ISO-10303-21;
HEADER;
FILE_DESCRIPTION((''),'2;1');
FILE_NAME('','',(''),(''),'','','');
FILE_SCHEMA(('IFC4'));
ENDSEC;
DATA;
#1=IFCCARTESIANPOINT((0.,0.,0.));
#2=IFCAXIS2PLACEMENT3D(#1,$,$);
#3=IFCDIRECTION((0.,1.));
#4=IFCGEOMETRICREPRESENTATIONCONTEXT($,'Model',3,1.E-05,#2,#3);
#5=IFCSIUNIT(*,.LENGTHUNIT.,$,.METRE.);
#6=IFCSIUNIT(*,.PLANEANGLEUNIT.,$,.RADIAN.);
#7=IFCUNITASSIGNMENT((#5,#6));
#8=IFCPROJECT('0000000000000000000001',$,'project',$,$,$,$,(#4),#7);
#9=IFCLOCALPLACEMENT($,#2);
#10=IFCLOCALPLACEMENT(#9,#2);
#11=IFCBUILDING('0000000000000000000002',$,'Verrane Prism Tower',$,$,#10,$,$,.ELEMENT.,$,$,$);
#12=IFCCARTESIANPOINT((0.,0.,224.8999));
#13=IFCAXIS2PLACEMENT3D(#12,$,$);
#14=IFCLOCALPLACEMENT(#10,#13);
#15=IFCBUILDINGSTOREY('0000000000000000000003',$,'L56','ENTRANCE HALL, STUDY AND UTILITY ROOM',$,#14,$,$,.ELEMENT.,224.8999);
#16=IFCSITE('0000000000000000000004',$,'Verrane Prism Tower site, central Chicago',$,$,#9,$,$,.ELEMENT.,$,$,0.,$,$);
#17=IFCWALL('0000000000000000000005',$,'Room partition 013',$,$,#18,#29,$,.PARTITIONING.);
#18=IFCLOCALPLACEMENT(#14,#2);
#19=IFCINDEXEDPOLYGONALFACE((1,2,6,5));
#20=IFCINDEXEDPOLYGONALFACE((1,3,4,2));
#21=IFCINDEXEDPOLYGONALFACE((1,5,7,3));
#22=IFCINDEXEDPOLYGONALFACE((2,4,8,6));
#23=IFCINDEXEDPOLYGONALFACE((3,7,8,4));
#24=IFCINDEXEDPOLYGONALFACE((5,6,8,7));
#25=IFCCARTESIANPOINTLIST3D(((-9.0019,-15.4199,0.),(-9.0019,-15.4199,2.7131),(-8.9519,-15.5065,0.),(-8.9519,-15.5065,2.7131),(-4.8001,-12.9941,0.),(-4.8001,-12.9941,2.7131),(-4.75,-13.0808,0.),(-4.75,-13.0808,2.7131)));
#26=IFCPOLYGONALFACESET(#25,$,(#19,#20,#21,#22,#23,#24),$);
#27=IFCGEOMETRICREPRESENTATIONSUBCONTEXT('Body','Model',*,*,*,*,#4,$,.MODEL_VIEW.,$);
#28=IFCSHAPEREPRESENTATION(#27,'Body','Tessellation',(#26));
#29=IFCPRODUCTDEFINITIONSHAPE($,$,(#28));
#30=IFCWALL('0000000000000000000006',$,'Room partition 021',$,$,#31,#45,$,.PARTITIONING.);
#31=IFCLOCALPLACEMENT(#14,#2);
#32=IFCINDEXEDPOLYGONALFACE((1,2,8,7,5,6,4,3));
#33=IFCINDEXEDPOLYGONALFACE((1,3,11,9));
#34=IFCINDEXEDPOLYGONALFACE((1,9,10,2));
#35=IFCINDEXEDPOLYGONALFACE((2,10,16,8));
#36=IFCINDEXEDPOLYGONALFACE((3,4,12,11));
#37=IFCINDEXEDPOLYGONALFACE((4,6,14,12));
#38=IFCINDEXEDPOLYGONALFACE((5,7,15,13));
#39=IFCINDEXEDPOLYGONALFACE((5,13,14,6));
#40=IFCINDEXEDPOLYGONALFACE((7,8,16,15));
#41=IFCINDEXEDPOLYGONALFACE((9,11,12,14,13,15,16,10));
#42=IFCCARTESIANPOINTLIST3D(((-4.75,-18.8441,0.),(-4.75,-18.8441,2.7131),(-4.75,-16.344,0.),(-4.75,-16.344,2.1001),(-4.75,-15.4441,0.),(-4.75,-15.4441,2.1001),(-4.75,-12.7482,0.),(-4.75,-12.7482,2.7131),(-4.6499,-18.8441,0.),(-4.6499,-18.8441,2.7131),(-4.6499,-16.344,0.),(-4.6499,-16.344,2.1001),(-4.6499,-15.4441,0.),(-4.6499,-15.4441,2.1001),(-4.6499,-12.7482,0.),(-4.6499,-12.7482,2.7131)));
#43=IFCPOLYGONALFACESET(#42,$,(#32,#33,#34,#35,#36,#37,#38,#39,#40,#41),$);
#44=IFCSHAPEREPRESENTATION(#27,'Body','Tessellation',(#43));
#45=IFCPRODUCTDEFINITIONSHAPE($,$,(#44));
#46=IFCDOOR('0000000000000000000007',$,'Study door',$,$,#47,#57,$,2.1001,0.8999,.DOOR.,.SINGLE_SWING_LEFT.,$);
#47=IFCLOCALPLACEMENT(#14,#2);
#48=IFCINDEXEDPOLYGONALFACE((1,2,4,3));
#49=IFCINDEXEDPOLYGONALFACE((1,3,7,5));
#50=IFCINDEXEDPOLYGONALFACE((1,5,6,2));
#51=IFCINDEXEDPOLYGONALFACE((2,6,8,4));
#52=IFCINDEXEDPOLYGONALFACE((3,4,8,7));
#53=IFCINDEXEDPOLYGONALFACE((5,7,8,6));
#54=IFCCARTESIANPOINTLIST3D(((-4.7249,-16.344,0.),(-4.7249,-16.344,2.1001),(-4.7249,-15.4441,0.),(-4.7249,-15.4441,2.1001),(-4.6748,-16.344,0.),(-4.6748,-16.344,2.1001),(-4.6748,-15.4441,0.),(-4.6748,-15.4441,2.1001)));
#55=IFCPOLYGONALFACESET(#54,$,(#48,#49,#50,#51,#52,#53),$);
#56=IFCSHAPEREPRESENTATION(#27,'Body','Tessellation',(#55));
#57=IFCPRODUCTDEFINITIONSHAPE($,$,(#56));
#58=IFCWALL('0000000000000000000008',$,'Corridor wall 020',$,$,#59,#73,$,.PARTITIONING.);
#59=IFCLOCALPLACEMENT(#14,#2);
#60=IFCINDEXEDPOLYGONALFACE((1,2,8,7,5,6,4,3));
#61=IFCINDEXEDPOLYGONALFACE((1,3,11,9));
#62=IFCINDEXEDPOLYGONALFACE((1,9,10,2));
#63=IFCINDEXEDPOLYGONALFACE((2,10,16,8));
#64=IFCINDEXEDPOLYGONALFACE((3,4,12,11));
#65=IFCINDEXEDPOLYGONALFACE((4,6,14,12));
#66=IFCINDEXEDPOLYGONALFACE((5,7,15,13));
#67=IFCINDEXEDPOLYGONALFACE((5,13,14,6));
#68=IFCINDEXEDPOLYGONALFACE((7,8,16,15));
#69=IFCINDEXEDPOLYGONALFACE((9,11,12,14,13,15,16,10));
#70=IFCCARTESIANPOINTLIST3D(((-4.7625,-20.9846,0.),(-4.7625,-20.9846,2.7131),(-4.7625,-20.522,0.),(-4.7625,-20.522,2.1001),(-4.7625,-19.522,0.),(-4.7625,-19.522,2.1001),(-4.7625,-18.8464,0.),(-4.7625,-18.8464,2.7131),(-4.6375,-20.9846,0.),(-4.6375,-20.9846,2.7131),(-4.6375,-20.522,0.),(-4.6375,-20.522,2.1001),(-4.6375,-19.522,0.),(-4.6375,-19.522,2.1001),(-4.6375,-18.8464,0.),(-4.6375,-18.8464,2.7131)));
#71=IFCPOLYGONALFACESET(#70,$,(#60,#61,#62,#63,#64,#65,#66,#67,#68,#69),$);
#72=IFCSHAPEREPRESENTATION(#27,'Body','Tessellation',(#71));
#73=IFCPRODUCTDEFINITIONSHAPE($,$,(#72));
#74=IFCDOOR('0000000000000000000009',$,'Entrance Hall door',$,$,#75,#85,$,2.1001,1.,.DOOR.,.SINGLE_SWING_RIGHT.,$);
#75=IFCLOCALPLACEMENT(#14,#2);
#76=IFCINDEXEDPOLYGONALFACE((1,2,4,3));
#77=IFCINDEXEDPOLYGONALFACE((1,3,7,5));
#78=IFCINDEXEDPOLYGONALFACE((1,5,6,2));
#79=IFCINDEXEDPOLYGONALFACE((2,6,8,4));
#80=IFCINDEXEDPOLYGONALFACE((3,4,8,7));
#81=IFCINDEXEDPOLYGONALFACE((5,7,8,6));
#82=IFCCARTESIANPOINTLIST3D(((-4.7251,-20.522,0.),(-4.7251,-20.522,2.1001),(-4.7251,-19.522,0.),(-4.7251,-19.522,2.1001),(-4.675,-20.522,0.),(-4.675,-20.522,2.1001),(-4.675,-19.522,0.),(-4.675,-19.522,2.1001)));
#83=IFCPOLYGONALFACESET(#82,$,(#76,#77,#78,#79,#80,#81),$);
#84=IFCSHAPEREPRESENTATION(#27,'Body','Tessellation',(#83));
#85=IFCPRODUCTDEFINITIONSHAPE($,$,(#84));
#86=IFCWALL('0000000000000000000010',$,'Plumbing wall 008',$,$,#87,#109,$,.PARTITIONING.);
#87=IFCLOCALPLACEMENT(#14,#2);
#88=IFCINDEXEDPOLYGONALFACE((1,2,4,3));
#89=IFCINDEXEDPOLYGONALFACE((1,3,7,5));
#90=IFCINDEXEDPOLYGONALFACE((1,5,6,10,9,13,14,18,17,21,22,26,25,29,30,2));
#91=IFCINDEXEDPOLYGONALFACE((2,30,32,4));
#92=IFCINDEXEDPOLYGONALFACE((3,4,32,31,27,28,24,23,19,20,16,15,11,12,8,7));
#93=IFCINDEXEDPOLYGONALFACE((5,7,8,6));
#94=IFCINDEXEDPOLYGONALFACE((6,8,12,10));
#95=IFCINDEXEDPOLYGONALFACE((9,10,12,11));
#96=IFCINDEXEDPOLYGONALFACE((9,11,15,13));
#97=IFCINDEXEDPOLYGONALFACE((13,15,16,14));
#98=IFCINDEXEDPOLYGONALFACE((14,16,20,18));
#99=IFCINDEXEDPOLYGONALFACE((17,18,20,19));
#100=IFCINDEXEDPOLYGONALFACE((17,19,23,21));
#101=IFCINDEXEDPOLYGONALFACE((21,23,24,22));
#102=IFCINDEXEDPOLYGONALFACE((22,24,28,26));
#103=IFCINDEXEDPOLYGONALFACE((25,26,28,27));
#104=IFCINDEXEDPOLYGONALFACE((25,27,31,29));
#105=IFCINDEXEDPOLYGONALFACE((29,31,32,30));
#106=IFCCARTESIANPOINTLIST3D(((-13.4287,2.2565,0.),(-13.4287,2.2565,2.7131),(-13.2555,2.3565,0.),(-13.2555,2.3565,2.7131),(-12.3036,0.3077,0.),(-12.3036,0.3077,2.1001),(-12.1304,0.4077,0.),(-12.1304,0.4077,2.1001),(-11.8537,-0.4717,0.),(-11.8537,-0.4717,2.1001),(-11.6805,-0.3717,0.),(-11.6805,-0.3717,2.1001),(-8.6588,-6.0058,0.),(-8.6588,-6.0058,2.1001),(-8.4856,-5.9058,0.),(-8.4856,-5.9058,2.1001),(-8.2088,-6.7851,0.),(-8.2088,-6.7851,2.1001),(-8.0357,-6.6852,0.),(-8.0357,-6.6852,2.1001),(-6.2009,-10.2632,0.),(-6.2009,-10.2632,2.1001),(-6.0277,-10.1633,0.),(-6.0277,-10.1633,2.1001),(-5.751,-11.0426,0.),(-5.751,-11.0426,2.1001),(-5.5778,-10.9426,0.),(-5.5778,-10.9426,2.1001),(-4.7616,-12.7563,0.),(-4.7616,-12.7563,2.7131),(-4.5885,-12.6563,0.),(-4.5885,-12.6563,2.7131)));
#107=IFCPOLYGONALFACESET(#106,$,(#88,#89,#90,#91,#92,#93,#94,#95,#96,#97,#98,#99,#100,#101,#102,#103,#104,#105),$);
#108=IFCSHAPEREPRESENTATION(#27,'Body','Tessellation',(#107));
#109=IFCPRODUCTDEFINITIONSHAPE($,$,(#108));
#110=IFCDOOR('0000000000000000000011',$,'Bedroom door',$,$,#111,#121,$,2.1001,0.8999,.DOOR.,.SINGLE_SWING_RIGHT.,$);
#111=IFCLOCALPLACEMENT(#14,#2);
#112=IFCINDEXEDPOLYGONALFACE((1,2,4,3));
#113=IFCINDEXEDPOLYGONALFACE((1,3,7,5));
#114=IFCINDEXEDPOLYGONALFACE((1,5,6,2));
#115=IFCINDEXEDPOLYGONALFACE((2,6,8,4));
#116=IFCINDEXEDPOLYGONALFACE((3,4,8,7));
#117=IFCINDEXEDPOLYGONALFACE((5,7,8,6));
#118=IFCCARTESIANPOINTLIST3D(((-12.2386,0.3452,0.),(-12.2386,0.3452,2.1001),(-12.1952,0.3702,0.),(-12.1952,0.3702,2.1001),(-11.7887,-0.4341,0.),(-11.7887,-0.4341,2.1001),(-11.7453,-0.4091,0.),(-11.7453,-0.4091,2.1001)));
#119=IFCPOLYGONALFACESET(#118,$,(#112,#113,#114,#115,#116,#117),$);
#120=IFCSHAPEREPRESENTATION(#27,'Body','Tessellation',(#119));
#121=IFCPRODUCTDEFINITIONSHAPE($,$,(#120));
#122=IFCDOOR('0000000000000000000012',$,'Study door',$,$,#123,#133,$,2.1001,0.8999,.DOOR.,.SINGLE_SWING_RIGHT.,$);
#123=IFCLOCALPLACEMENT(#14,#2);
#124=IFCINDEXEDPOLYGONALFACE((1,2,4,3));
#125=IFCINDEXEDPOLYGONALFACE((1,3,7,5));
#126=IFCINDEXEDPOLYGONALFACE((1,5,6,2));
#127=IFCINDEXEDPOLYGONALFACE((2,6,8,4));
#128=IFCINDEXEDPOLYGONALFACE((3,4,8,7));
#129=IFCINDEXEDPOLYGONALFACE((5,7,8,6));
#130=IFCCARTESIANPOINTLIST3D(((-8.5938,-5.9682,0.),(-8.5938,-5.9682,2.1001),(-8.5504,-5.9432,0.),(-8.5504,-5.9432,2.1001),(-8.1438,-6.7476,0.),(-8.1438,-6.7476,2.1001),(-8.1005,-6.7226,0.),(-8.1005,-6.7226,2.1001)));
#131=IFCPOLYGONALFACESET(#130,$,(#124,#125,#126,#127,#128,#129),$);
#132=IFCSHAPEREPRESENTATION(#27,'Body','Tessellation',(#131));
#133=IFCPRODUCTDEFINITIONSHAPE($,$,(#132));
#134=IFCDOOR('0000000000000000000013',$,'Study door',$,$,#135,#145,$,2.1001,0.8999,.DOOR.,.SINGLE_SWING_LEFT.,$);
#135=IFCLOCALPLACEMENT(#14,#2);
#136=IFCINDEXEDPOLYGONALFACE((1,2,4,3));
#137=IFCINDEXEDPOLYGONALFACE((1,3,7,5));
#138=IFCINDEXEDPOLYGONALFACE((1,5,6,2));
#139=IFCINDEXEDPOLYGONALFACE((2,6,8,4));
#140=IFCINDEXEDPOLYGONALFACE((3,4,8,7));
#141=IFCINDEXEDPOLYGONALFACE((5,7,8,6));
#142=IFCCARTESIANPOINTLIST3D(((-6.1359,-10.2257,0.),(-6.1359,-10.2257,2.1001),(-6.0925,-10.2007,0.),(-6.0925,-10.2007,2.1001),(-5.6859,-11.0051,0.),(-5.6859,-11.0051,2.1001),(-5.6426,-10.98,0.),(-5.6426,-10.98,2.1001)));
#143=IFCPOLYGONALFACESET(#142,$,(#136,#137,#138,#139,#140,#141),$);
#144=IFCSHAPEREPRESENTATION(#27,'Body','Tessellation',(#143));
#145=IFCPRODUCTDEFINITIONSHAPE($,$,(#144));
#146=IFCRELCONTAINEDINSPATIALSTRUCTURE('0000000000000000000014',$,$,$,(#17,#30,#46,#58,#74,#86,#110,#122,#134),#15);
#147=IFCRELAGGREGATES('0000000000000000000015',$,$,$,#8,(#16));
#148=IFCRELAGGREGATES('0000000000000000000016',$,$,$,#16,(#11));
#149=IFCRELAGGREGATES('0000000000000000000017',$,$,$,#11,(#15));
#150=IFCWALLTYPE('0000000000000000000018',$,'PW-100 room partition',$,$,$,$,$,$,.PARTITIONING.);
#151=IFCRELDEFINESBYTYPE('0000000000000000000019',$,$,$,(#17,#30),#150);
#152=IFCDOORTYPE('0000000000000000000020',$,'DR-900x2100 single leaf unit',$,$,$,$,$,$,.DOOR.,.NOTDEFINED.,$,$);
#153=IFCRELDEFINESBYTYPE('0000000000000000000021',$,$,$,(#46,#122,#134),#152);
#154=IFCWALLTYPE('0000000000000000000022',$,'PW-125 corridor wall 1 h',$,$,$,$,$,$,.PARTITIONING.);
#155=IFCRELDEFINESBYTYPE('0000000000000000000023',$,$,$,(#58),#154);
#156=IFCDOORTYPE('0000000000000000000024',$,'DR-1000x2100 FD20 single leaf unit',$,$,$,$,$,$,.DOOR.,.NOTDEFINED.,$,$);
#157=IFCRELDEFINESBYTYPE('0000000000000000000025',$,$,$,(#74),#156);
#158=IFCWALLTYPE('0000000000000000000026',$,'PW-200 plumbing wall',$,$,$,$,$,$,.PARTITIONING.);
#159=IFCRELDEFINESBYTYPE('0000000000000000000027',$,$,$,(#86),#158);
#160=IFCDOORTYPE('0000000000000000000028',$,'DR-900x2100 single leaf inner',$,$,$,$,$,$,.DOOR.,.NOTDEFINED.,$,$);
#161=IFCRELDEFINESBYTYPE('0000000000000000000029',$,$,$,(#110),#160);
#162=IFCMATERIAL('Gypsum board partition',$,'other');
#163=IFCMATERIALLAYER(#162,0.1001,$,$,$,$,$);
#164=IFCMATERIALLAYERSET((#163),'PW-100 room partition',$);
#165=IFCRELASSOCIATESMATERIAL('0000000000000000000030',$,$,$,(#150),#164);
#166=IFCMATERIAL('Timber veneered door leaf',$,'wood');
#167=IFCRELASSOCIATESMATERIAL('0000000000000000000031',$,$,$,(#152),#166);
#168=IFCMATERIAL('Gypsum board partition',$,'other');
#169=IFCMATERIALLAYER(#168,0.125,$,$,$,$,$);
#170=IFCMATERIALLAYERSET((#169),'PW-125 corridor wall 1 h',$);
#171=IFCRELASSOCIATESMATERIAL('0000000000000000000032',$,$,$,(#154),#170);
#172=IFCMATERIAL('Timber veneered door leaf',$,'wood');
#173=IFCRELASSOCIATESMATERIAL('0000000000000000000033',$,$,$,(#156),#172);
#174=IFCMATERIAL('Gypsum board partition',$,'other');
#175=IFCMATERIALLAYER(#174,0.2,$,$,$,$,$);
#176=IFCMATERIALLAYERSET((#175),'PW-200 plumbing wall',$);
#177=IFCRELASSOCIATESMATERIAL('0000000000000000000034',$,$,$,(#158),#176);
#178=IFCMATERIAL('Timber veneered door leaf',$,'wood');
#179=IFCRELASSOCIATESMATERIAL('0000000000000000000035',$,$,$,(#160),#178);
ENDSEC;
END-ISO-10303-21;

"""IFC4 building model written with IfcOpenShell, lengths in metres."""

from ifc_helpers import new_model, si_unit, direction, frame, frame_2d, origin, place, context, subcontext, project, spatial, rectangle, extrude, material, layer, layer_set, type_object, element, fill, save


model = new_model("IFC4")

# Units and contexts
model_context = context("Model", 3, precision=1e-05, world=origin(), true_north=direction((0.0, 1.0)))
body_context = subcontext(model_context, "Body", "Model", "MODEL_VIEW")
ifc_project = project(units=[si_unit("LENGTHUNIT", "METRE"), si_unit("PLANEANGLEUNIT", "RADIAN")], contexts=[model_context])

# Site, building, storey
site_placement = place(None, origin())
site = spatial("IfcSite", under=ifc_project, at=site_placement, Name="Verrane Prism Tower site, central Chicago", CompositionType="ELEMENT", RefElevation=0.0)
building_placement = place(site_placement, origin())
building = spatial("IfcBuilding", under=site, at=building_placement, Name="Verrane Prism Tower", CompositionType="ELEMENT")
storey_placement = place(building_placement, frame((0.0, 0.0, 224.8999)))
storey = spatial("IfcBuildingStorey", under=building, at=storey_placement, Name="L56", Description="ENTRANCE HALL, STUDY AND UTILITY ROOM", CompositionType="ELEMENT", Elevation=224.8999)

# Wall
ifc_material_1 = material(Name="Gypsum board partition", Category="other")
ifc_layer_1 = layer(ifc_material_1, 0.1001)
ifc_layer_set_1 = layer_set([ifc_layer_1], Name="PW-100 room partition")
wall_type_1 = type_object("IfcWallType", Name="PW-100 room partition", PredefinedType="PARTITIONING", material=ifc_layer_set_1)
wall_1_placement = place(storey_placement, frame((-8.9768, -15.4631, 0.0), z_axis=(0.0, 0.0, 1.0), x_axis=(0.866042, 0.499971, 0.0)))
element("IfcWall", 1, at=wall_1_placement, inside=storey, type_object=wall_type_1, Name="Room partition 013", PredefinedType="PARTITIONING", context=body_context, shape_type="SweptSolid", body=[
    extrude(rectangle(XDim=4.8518, YDim=0.1001, at=frame_2d((2.4258, 0.0))), origin(), (0.0, 0.0, 1.0), 2.7131),
])

# Walls, openings, doors
wall_2_placement = place(storey_placement, frame((-4.7, -18.844, 0.0), z_axis=(0.0, 0.0, 1.0), x_axis=(0.0, 1.0, 0.0)))
wall_2 = element("IfcWall", 2, at=wall_2_placement, inside=storey, type_object=wall_type_1, Name="Room partition 021", PredefinedType="PARTITIONING", context=body_context, shape_type="SweptSolid", body=[
    extrude(rectangle(XDim=6.0959, YDim=0.1001, at=frame_2d((3.0479, 0.0))), origin(), (0.0, 0.0, 1.0), 2.7131),
])
opening_1_placement = place(wall_2_placement, frame((2.5, 0.0, 0.0)))
opening_1 = element("IfcOpeningElement", 3, at=opening_1_placement, cuts=wall_2, PredefinedType="OPENING", context=body_context, shape_type="SweptSolid", body=[
    extrude(rectangle(XDim=0.8999, YDim=2.1001, at=frame_2d((0.45, 1.05))), frame((0.0, 0.0601, 0.0), z_axis=(0.0, -1.0, 0.0), x_axis=(1.0, 0.0, 0.0)), (0.0, 0.0, 1.0), 0.1201),
])
ifc_material_2 = material(Name="Timber veneered door leaf", Category="wood")
door_type_1 = type_object("IfcDoorType", Name="DR-900x2100 single leaf unit", OperationType="NOTDEFINED", PredefinedType="DOOR", material=ifc_material_2)
door_1_placement = place(opening_1_placement, origin())
door_1 = element("IfcDoor", 4, at=door_1_placement, inside=storey, type_object=door_type_1, Name="Study door", OperationType="SINGLE_SWING_LEFT", OverallHeight=2.1001, OverallWidth=0.8999, PredefinedType="DOOR", context=body_context, shape_type="SweptSolid", body=[
    extrude(rectangle(XDim=0.8999, YDim=2.1001, at=frame_2d((0.45, 1.05))), frame((0.0, 0.0249, 0.0), z_axis=(0.0, -1.0, 0.0), x_axis=(1.0, 0.0, 0.0)), (0.0, 0.0, 1.0), 0.05),
])
fill(opening_1, door_1)
ifc_material_3 = material(Name="Gypsum board partition", Category="other")
ifc_layer_2 = layer(ifc_material_3, 0.125)
ifc_layer_set_2 = layer_set([ifc_layer_2], Name="PW-125 corridor wall 1 h")
wall_type_2 = type_object("IfcWallType", Name="PW-125 corridor wall 1 h", PredefinedType="PARTITIONING", material=ifc_layer_set_2)
wall_3_placement = place(storey_placement, frame((-4.7, -18.8464, 0.0), z_axis=(0.0, 0.0, 1.0), x_axis=(0.0, -1.0, 0.0)))
wall_3 = element("IfcWall", 5, at=wall_3_placement, inside=storey, type_object=wall_type_2, Name="Corridor wall 020", PredefinedType="PARTITIONING", context=body_context, shape_type="SweptSolid", body=[
    extrude(rectangle(XDim=2.1382, YDim=0.125, at=frame_2d((1.0691, 0.0))), origin(), (0.0, 0.0, 1.0), 2.7131),
])
opening_2_placement = place(wall_3_placement, frame((0.6755, 0.0, 0.0)))
opening_2 = element("IfcOpeningElement", 6, at=opening_2_placement, cuts=wall_3, PredefinedType="OPENING", context=body_context, shape_type="SweptSolid", body=[
    extrude(rectangle(XDim=1.0, YDim=2.1001, at=frame_2d((0.5, 1.05))), frame((0.0, 0.0725, 0.0), z_axis=(0.0, -1.0, 0.0), x_axis=(1.0, 0.0, 0.0)), (0.0, 0.0, 1.0), 0.145),
])
ifc_material_4 = material(Name="Timber veneered door leaf", Category="wood")
door_type_2 = type_object("IfcDoorType", Name="DR-1000x2100 FD20 single leaf unit", OperationType="NOTDEFINED", PredefinedType="DOOR", material=ifc_material_4)
door_2_placement = place(opening_2_placement, origin())
door_2 = element("IfcDoor", 7, at=door_2_placement, inside=storey, type_object=door_type_2, Name="Entrance Hall door", OperationType="SINGLE_SWING_RIGHT", OverallHeight=2.1001, OverallWidth=1.0, PredefinedType="DOOR", context=body_context, shape_type="SweptSolid", body=[
    extrude(rectangle(XDim=1.0, YDim=2.1001, at=frame_2d((0.5, 1.05))), frame((0.0, 0.0249, 0.0), z_axis=(0.0, -1.0, 0.0), x_axis=(1.0, 0.0, 0.0)), (0.0, 0.0, 1.0), 0.05),
])
fill(opening_2, door_2)

# Wall, openings, doors
ifc_material_5 = material(Name="Gypsum board partition", Category="other")
ifc_layer_3 = layer(ifc_material_5, 0.2)
ifc_layer_set_3 = layer_set([ifc_layer_3], Name="PW-200 plumbing wall")
wall_type_3 = type_object("IfcWallType", Name="PW-200 plumbing wall", PredefinedType="PARTITIONING", material=ifc_layer_set_3)
wall_4_placement = place(storey_placement, frame((-4.675, -12.7063, 0.0), z_axis=(0.0, 0.0, 1.0), x_axis=(-0.499974, 0.86604, 0.0)))
wall_4 = element("IfcWall", 8, at=wall_4_placement, inside=storey, type_object=wall_type_3, Name="Plumbing wall 008", PredefinedType="PARTITIONING", context=body_context, shape_type="SweptSolid", body=[
    extrude(rectangle(XDim=17.335, YDim=0.2, at=frame_2d((8.6675, 0.0))), origin(), (0.0, 0.0, 1.0), 2.7131),
])
opening_3_placement = place(wall_4_placement, frame((14.1848, 0.0, 0.0)))
opening_3 = element("IfcOpeningElement", 9, at=opening_3_placement, cuts=wall_4, PredefinedType="OPENING", context=body_context, shape_type="SweptSolid", body=[
    extrude(rectangle(XDim=0.8999, YDim=2.1001, at=frame_2d((0.45, 1.05))), frame((0.0, 0.1099, 0.0), z_axis=(0.0, -1.0, 0.0), x_axis=(1.0, 0.0, 0.0)), (0.0, 0.0, 1.0), 0.22),
])
opening_4_placement = place(wall_4_placement, frame((6.8948, 0.0, 0.0)))
opening_4 = element("IfcOpeningElement", 10, at=opening_4_placement, cuts=wall_4, PredefinedType="OPENING", context=body_context, shape_type="SweptSolid", body=[
    extrude(rectangle(XDim=0.8999, YDim=2.1001, at=frame_2d((0.45, 1.05))), frame((0.0, 0.1099, 0.0), z_axis=(0.0, -1.0, 0.0), x_axis=(1.0, 0.0, 0.0)), (0.0, 0.0, 1.0), 0.22),
])
opening_5_placement = place(wall_4_placement, frame((1.9788, 0.0, 0.0)))
opening_5 = element("IfcOpeningElement", 11, at=opening_5_placement, cuts=wall_4, PredefinedType="OPENING", context=body_context, shape_type="SweptSolid", body=[
    extrude(rectangle(XDim=0.8999, YDim=2.1001, at=frame_2d((0.45, 1.05))), frame((0.0, 0.1099, 0.0), z_axis=(0.0, -1.0, 0.0), x_axis=(1.0, 0.0, 0.0)), (0.0, 0.0, 1.0), 0.22),
])
ifc_material_6 = material(Name="Timber veneered door leaf", Category="wood")
door_type_3 = type_object("IfcDoorType", Name="DR-900x2100 single leaf inner", OperationType="NOTDEFINED", PredefinedType="DOOR", material=ifc_material_6)
door_3_placement = place(opening_3_placement, origin())
door_3 = element("IfcDoor", 12, at=door_3_placement, inside=storey, type_object=door_type_3, Name="Bedroom door", OperationType="SINGLE_SWING_RIGHT", OverallHeight=2.1001, OverallWidth=0.8999, PredefinedType="DOOR", context=body_context, shape_type="SweptSolid", body=[
    extrude(rectangle(XDim=0.8999, YDim=2.1001, at=frame_2d((0.45, 1.05))), frame((0.0, 0.0249, 0.0), z_axis=(0.0, -1.0, 0.0), x_axis=(1.0, 0.0, 0.0)), (0.0, 0.0, 1.0), 0.05),
])
fill(opening_3, door_3)
door_4_placement = place(opening_4_placement, origin())
door_4 = element("IfcDoor", 13, at=door_4_placement, inside=storey, type_object=door_type_1, Name="Study door", OperationType="SINGLE_SWING_RIGHT", OverallHeight=2.1001, OverallWidth=0.8999, PredefinedType="DOOR", context=body_context, shape_type="SweptSolid", body=[
    extrude(rectangle(XDim=0.8999, YDim=2.1001, at=frame_2d((0.45, 1.05))), frame((0.0, 0.0249, 0.0), z_axis=(0.0, -1.0, 0.0), x_axis=(1.0, 0.0, 0.0)), (0.0, 0.0, 1.0), 0.05),
])
fill(opening_4, door_4)
door_5_placement = place(opening_5_placement, origin())
door_5 = element("IfcDoor", 14, at=door_5_placement, inside=storey, type_object=door_type_1, Name="Study door", OperationType="SINGLE_SWING_LEFT", OverallHeight=2.1001, OverallWidth=0.8999, PredefinedType="DOOR", context=body_context, shape_type="SweptSolid", body=[
    extrude(rectangle(XDim=0.8999, YDim=2.1001, at=frame_2d((0.45, 1.05))), frame((0.0, 0.0249, 0.0), z_axis=(0.0, -1.0, 0.0), x_axis=(1.0, 0.0, 0.0)), (0.0, 0.0, 1.0), 0.05),
])
fill(opening_5, door_5)

save(model, "model.ifc")
